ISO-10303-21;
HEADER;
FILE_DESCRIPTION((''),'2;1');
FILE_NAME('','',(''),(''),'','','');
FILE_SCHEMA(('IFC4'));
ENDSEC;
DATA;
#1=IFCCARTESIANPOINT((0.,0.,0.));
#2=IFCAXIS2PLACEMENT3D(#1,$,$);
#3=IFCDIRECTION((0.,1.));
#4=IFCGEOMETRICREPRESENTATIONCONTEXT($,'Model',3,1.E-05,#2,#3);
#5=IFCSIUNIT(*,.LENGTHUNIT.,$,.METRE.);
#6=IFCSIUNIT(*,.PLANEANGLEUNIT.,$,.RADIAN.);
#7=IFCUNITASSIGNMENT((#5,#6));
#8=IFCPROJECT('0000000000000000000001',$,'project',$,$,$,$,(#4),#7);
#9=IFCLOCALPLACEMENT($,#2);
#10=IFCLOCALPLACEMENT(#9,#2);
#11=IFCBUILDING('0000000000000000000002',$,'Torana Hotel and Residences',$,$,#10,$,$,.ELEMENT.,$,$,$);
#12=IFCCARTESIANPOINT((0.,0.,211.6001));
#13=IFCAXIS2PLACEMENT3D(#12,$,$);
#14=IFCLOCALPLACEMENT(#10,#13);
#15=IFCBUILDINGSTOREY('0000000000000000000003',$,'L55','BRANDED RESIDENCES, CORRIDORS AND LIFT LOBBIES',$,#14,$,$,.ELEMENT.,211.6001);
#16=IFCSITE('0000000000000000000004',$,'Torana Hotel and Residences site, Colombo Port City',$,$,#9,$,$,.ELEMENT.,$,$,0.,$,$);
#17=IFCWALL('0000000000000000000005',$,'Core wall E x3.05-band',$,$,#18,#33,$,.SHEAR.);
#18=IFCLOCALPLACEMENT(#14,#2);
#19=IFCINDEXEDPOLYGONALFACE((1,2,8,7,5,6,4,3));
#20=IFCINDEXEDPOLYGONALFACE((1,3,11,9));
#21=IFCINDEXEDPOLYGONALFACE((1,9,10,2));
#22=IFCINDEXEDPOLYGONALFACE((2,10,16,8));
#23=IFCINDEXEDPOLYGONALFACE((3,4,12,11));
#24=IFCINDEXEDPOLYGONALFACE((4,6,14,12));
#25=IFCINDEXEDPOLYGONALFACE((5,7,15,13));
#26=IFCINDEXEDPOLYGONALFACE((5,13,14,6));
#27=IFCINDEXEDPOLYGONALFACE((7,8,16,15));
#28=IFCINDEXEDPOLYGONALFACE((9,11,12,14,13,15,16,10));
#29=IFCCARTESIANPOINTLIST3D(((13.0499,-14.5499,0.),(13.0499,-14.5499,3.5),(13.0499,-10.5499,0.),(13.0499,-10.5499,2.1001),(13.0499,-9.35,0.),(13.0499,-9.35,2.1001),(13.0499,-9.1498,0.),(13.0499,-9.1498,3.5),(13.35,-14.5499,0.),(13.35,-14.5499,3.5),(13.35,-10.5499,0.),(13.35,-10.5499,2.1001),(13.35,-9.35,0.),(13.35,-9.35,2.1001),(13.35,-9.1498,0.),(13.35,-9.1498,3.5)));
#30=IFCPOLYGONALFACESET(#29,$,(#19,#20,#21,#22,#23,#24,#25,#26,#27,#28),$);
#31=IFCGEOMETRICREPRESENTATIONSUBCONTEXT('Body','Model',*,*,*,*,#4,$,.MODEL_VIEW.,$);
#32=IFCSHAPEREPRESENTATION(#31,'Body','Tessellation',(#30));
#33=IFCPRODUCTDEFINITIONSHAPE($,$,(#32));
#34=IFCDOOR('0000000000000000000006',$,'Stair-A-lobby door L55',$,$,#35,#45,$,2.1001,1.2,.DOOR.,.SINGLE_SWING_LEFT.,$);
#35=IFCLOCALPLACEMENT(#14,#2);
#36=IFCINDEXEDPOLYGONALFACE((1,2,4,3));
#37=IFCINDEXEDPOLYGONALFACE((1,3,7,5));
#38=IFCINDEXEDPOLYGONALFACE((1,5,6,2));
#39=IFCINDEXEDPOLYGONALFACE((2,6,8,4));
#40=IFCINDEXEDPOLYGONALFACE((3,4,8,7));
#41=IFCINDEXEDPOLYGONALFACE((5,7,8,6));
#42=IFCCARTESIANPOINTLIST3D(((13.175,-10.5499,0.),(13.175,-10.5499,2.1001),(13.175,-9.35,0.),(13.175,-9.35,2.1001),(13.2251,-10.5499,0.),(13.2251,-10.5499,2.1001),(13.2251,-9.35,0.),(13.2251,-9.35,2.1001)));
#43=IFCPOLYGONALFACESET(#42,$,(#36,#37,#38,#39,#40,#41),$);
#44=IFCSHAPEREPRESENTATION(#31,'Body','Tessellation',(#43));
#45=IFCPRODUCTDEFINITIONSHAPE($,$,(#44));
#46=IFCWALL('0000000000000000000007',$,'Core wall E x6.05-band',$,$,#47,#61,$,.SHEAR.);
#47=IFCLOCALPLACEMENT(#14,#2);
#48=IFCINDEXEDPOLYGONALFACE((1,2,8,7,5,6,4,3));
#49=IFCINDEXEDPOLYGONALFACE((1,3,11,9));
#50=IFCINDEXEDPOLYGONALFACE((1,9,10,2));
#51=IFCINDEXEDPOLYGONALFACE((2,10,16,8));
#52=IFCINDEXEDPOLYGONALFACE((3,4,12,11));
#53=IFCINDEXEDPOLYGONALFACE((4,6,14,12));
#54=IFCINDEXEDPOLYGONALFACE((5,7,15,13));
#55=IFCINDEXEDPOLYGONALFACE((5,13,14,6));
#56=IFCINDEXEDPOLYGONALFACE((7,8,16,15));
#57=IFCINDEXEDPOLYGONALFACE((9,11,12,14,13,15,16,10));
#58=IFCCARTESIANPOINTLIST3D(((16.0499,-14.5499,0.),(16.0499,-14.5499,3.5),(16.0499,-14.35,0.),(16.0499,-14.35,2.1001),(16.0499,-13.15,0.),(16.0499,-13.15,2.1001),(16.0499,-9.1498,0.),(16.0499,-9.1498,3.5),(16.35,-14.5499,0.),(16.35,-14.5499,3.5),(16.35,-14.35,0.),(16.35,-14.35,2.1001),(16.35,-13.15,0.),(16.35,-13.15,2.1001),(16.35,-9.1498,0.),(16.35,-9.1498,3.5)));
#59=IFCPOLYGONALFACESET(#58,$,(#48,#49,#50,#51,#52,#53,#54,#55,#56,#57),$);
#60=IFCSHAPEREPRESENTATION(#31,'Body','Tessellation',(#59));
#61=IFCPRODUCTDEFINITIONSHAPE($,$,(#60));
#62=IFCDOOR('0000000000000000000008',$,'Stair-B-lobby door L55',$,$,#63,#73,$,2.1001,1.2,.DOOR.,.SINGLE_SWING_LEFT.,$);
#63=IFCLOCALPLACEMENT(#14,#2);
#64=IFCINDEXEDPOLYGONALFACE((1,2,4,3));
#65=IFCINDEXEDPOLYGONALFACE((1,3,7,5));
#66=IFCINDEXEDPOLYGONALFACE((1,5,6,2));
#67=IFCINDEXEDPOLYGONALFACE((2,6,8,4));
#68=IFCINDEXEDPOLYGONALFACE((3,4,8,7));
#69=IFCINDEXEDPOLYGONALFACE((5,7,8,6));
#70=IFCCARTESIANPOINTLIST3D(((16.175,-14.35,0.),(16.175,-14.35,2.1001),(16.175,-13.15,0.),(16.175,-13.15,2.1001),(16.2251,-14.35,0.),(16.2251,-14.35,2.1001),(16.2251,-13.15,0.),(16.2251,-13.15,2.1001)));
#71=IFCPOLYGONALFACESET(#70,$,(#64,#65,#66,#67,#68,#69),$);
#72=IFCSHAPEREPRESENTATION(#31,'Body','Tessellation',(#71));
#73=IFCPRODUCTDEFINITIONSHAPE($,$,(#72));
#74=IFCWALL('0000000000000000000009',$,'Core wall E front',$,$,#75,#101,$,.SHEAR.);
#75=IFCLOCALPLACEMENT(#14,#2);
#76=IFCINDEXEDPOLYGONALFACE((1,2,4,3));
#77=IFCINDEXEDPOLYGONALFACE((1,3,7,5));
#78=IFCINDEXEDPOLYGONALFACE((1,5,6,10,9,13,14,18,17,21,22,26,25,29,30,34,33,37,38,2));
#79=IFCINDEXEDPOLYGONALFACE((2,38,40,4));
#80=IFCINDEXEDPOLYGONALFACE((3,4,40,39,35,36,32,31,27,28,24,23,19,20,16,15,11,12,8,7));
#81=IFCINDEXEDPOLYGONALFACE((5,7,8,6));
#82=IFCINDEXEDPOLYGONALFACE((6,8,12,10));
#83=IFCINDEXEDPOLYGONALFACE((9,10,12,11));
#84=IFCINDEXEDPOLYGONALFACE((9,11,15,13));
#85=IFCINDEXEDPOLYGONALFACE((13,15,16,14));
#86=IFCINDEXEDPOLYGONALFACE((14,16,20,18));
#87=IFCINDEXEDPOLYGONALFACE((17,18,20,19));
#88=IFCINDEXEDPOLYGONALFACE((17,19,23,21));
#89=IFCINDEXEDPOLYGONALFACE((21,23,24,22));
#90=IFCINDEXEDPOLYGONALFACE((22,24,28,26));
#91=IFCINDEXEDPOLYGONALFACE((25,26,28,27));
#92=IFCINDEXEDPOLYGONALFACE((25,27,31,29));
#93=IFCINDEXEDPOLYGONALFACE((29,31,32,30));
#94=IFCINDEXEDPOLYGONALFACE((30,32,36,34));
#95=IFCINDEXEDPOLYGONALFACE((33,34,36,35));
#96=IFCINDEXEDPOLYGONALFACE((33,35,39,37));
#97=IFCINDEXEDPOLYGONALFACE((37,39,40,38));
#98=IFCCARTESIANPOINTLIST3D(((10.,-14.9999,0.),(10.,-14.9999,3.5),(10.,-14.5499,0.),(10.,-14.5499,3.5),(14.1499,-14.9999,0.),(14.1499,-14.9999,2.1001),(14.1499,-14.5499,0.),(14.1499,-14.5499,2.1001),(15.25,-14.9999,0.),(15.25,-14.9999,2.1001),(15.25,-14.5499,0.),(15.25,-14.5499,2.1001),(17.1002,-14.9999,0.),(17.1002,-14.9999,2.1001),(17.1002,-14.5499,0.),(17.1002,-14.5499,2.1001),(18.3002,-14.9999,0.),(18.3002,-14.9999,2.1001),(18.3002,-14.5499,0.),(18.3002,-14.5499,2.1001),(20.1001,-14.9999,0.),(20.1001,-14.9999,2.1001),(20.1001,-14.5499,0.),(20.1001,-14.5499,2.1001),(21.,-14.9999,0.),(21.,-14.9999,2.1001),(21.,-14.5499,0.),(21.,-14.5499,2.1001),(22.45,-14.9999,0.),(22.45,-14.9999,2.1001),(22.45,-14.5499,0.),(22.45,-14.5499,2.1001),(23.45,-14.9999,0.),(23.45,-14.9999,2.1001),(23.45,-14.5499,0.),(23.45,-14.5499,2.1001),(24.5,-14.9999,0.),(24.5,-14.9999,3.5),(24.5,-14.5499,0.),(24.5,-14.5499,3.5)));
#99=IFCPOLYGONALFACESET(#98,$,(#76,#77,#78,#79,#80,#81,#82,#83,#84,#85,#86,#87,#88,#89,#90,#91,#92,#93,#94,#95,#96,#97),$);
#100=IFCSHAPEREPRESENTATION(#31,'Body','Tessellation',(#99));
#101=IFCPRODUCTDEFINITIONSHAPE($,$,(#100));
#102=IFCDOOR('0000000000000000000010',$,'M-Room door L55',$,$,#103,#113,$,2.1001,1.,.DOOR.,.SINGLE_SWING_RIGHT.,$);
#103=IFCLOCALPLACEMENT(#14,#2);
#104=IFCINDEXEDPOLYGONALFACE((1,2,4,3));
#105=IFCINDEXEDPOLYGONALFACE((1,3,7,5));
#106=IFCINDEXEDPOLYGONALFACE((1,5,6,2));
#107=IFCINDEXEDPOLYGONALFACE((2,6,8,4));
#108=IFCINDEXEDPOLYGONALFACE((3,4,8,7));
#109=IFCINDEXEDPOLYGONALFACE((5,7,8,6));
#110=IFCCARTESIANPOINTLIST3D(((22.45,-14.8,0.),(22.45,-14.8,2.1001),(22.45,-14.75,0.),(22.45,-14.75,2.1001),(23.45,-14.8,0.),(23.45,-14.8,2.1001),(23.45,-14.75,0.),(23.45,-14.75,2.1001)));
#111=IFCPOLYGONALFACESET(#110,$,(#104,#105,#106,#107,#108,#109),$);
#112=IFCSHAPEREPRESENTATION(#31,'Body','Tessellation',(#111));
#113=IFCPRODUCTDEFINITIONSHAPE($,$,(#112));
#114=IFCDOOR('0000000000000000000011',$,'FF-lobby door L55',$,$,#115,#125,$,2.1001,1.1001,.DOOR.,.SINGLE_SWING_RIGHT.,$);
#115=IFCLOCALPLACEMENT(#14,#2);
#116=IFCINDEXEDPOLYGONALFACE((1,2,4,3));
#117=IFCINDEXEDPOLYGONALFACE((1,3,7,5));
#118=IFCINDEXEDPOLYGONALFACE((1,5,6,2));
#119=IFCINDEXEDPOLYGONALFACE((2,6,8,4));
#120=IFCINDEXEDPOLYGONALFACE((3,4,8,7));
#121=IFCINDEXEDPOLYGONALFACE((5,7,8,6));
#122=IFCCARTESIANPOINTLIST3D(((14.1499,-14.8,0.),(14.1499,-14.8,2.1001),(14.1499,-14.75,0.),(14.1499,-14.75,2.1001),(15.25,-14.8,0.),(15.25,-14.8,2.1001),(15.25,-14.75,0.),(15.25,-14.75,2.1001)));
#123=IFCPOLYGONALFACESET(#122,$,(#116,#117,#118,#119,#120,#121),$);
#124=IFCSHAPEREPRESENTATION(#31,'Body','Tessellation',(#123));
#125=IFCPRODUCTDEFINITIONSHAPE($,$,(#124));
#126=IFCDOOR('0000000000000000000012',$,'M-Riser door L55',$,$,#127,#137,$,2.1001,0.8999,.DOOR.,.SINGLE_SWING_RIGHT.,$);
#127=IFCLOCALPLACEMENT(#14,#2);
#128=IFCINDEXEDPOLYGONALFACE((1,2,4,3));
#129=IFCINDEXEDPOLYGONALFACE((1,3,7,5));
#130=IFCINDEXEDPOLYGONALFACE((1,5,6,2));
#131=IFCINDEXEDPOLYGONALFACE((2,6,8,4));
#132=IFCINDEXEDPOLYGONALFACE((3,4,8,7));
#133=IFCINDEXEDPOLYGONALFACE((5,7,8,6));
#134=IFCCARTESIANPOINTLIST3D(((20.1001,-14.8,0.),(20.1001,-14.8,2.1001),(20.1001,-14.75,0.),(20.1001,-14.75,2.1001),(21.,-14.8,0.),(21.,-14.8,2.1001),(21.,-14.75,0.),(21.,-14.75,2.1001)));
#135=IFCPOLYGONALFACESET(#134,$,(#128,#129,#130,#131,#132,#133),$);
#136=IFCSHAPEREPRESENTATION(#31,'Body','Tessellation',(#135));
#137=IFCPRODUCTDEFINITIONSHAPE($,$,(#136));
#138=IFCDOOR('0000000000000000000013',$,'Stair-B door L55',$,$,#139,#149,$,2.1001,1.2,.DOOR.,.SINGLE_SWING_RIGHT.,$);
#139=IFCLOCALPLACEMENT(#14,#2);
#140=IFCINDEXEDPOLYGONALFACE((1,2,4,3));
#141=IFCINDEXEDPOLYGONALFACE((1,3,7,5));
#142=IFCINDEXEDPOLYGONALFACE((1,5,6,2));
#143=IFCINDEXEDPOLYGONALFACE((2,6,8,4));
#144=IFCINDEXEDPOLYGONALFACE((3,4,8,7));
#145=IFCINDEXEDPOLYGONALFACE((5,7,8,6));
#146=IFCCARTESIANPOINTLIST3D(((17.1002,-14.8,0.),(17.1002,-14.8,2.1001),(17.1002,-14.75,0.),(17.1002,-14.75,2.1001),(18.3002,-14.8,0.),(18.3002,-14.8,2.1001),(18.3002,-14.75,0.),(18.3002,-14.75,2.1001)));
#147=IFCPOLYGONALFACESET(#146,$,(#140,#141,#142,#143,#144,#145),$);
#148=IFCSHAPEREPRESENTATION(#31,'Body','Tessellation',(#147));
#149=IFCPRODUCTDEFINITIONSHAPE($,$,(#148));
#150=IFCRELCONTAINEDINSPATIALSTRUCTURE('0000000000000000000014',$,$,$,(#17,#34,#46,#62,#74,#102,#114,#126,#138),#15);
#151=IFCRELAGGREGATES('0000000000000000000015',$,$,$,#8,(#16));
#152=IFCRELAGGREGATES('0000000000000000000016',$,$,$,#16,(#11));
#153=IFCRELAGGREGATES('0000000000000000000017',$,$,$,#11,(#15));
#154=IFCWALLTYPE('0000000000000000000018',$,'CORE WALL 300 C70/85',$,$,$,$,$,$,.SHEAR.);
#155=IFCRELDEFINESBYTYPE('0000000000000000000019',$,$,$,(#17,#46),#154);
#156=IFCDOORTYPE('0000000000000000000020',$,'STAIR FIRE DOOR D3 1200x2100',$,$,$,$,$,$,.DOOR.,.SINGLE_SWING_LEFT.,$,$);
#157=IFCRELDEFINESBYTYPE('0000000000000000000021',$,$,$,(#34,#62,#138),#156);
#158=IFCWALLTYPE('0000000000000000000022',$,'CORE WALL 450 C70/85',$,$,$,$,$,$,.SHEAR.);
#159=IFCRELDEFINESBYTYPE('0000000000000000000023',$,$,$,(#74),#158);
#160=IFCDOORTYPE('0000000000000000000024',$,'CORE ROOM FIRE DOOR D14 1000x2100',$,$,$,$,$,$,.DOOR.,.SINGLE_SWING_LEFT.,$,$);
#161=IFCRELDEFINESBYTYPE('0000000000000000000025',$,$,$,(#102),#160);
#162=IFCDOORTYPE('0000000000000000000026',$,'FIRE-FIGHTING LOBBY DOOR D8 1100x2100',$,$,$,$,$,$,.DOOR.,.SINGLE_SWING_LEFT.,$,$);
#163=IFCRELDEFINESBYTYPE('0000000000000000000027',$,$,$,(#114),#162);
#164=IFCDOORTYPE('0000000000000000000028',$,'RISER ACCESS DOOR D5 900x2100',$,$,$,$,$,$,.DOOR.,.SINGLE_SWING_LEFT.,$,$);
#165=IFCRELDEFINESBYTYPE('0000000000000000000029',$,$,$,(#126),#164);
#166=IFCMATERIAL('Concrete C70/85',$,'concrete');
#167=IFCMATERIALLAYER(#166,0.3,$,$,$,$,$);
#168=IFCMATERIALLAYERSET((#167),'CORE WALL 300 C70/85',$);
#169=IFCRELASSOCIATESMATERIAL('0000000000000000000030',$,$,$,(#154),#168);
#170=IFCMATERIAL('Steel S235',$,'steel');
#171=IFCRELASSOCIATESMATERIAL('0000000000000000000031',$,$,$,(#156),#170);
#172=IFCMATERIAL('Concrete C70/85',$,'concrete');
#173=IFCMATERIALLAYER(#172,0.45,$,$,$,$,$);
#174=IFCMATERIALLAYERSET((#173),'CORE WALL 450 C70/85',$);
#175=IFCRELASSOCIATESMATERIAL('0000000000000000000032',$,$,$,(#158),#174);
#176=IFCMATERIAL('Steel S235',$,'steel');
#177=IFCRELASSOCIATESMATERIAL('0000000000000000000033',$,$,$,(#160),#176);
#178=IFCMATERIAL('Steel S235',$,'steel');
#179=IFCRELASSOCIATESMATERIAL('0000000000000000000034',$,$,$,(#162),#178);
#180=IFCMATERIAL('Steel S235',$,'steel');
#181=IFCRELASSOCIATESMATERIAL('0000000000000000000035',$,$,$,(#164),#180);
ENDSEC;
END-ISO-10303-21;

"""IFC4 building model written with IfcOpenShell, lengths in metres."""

from ifc_helpers import new_model, si_unit, direction, frame, frame_2d, origin, place, context, subcontext, project, spatial, rectangle, extrude, material, layer, layer_set, type_object, element, fill, save


model = new_model("IFC4")

# Units and contexts
model_context = context("Model", 3, precision=1e-05, world=origin(), true_north=direction((0.0, 1.0)))
body_context = subcontext(model_context, "Body", "Model", "MODEL_VIEW")
ifc_project = project(units=[si_unit("LENGTHUNIT", "METRE"), si_unit("PLANEANGLEUNIT", "RADIAN")], contexts=[model_context])

# Site, building, storey
site_placement = place(None, origin())
site = spatial("IfcSite", under=ifc_project, at=site_placement, Name="Torana Hotel and Residences site, Colombo Port City", CompositionType="ELEMENT", RefElevation=0.0)
building_placement = place(site_placement, origin())
building = spatial("IfcBuilding", under=site, at=building_placement, Name="Torana Hotel and Residences", CompositionType="ELEMENT")
storey_placement = place(building_placement, frame((0.0, 0.0, 211.6001)))
storey = spatial("IfcBuildingStorey", under=building, at=storey_placement, Name="L55", Description="BRANDED RESIDENCES, CORRIDORS AND LIFT LOBBIES", CompositionType="ELEMENT", Elevation=211.6001)

# Walls, openings, doors
ifc_material_1 = material(Name="Concrete C70/85", Category="concrete")
ifc_layer_1 = layer(ifc_material_1, 0.3)
ifc_layer_set_1 = layer_set([ifc_layer_1], Name="CORE WALL 300 C70/85")
wall_type_1 = type_object("IfcWallType", Name="CORE WALL 300 C70/85", PredefinedType="SHEAR", material=ifc_layer_set_1)
wall_1_placement = place(storey_placement, frame((13.2, -14.55, 0.0), z_axis=(0.0, 0.0, 1.0), x_axis=(0.0, 1.0, 0.0)))
wall_1 = element("IfcWall", 1, at=wall_1_placement, inside=storey, type_object=wall_type_1, Name="Core wall E x3.05-band", PredefinedType="SHEAR", context=body_context, shape_type="SweptSolid", body=[
    extrude(rectangle(XDim=5.4001, YDim=0.3, at=frame_2d((2.7002, 0.0))), origin(), (0.0, 0.0, 1.0), 3.5),
])
opening_1_placement = place(wall_1_placement, frame((4.0, 0.0, 0.0)))
opening_1 = element("IfcOpeningElement", 2, at=opening_1_placement, cuts=wall_1, PredefinedType="OPENING", context=body_context, shape_type="SweptSolid", body=[
    extrude(rectangle(XDim=1.2, YDim=2.1001, at=frame_2d((0.6001, 1.05))), frame((0.0, 0.1599, 0.0), z_axis=(0.0, -1.0, 0.0), x_axis=(1.0, 0.0, 0.0)), (0.0, 0.0, 1.0), 0.3201),
])
ifc_material_2 = material(Name="Steel S235", Category="steel")
door_type_1 = type_object("IfcDoorType", Name="STAIR FIRE DOOR D3 1200x2100", OperationType="SINGLE_SWING_LEFT", PredefinedType="DOOR", material=ifc_material_2)
door_1_placement = place(opening_1_placement, origin())
door_1 = element("IfcDoor", 3, at=door_1_placement, inside=storey, type_object=door_type_1, Name="Stair-A-lobby door L55", OperationType="SINGLE_SWING_LEFT", OverallHeight=2.1001, OverallWidth=1.2, PredefinedType="DOOR", context=body_context, shape_type="SweptSolid", body=[
    extrude(rectangle(XDim=1.2, YDim=2.1001, at=frame_2d((0.6001, 1.05))), frame((0.0, 0.0249, 0.0), z_axis=(0.0, -1.0, 0.0), x_axis=(1.0, 0.0, 0.0)), (0.0, 0.0, 1.0), 0.05),
])
fill(opening_1, door_1)
wall_2_placement = place(storey_placement, frame((16.2, -14.55, 0.0), z_axis=(0.0, 0.0, 1.0), x_axis=(0.0, 1.0, 0.0)))
wall_2 = element("IfcWall", 4, at=wall_2_placement, inside=storey, type_object=wall_type_1, Name="Core wall E x6.05-band", PredefinedType="SHEAR", context=body_context, shape_type="SweptSolid", body=[
    extrude(rectangle(XDim=5.4001, YDim=0.3, at=frame_2d((2.7002, 0.0))), origin(), (0.0, 0.0, 1.0), 3.5),
])
opening_2_placement = place(wall_2_placement, frame((0.2, 0.0, 0.0)))
opening_2 = element("IfcOpeningElement", 5, at=opening_2_placement, cuts=wall_2, PredefinedType="OPENING", context=body_context, shape_type="SweptSolid", body=[
    extrude(rectangle(XDim=1.2, YDim=2.1001, at=frame_2d((0.6001, 1.05))), frame((0.0, 0.1599, 0.0), z_axis=(0.0, -1.0, 0.0), x_axis=(1.0, 0.0, 0.0)), (0.0, 0.0, 1.0), 0.3201),
])
door_2_placement = place(opening_2_placement, frame((0.6001, 0.0, 0.0), z_axis=(0.0, 0.0, 1.0), x_axis=(-1.0, 0.0, 0.0)))
door_2 = element("IfcDoor", 6, at=door_2_placement, inside=storey, type_object=door_type_1, Name="Stair-B-lobby door L55", OperationType="SINGLE_SWING_LEFT", OverallHeight=2.1001, OverallWidth=1.2, PredefinedType="DOOR", context=body_context, shape_type="SweptSolid", body=[
    extrude(rectangle(XDim=1.2, YDim=2.1001, at=frame_2d((0.0, 1.05))), frame((0.0, -0.0249, 0.0), z_axis=(0.0, 1.0, 0.0), x_axis=(-1.0, 0.0, 0.0)), (0.0, 0.0, 1.0), 0.05),
])
fill(opening_2, door_2)

# Wall, openings, doors
ifc_material_3 = material(Name="Concrete C70/85", Category="concrete")
ifc_layer_2 = layer(ifc_material_3, 0.45)
ifc_layer_set_2 = layer_set([ifc_layer_2], Name="CORE WALL 450 C70/85")
wall_type_2 = type_object("IfcWallType", Name="CORE WALL 450 C70/85", PredefinedType="SHEAR", material=ifc_layer_set_2)
wall_3_placement = place(storey_placement, frame((10.0, -14.7749, 0.0), z_axis=(0.0, 0.0, 1.0), x_axis=(1.0, 0.0, 0.0)))
wall_3 = element("IfcWall", 7, at=wall_3_placement, inside=storey, type_object=wall_type_2, Name="Core wall E front", PredefinedType="SHEAR", context=body_context, shape_type="SweptSolid", body=[
    extrude(rectangle(XDim=14.5, YDim=0.45, at=frame_2d((7.25, 0.0))), origin(), (0.0, 0.0, 1.0), 3.5),
])
opening_3_placement = place(wall_3_placement, frame((7.1001, 0.0, 0.0)))
opening_3 = element("IfcOpeningElement", 8, at=opening_3_placement, cuts=wall_3, PredefinedType="OPENING", context=body_context, shape_type="SweptSolid", body=[
    extrude(rectangle(XDim=1.2, YDim=2.1001, at=frame_2d((0.6001, 1.05))), frame((0.0, 0.2349, 0.0), z_axis=(0.0, -1.0, 0.0), x_axis=(1.0, 0.0, 0.0)), (0.0, 0.0, 1.0), 0.47),
])
opening_4_placement = place(wall_3_placement, frame((4.1499, 0.0, 0.0)))
opening_4 = element("IfcOpeningElement", 9, at=opening_4_placement, cuts=wall_3, PredefinedType="OPENING", context=body_context, shape_type="SweptSolid", body=[
    extrude(rectangle(XDim=1.1001, YDim=2.1001, at=frame_2d((0.55, 1.05))), frame((0.0, 0.2349, 0.0), z_axis=(0.0, -1.0, 0.0), x_axis=(1.0, 0.0, 0.0)), (0.0, 0.0, 1.0), 0.47),
])
opening_5_placement = place(wall_3_placement, frame((10.1001, 0.0, 0.0)))
opening_5 = element("IfcOpeningElement", 10, at=opening_5_placement, cuts=wall_3, PredefinedType="OPENING", context=body_context, shape_type="SweptSolid", body=[
    extrude(rectangle(XDim=0.8999, YDim=2.1001, at=frame_2d((0.45, 1.05))), frame((0.0, 0.2349, 0.0), z_axis=(0.0, -1.0, 0.0), x_axis=(1.0, 0.0, 0.0)), (0.0, 0.0, 1.0), 0.47),
])
opening_6_placement = place(wall_3_placement, frame((12.45, 0.0, 0.0)))
opening_6 = element("IfcOpeningElement", 11, at=opening_6_placement, cuts=wall_3, PredefinedType="OPENING", context=body_context, shape_type="SweptSolid", body=[
    extrude(rectangle(XDim=1.0, YDim=2.1001, at=frame_2d((0.5, 1.05))), frame((0.0, 0.2349, 0.0), z_axis=(0.0, -1.0, 0.0), x_axis=(1.0, 0.0, 0.0)), (0.0, 0.0, 1.0), 0.47),
])
ifc_material_4 = material(Name="Steel S235", Category="steel")
door_type_2 = type_object("IfcDoorType", Name="CORE ROOM FIRE DOOR D14 1000x2100", OperationType="SINGLE_SWING_LEFT", PredefinedType="DOOR", material=ifc_material_4)
door_3_placement = place(opening_6_placement, origin())
door_3 = element("IfcDoor", 12, at=door_3_placement, inside=storey, type_object=door_type_2, Name="M-Room door L55", OperationType="SINGLE_SWING_RIGHT", OverallHeight=2.1001, OverallWidth=1.0, PredefinedType="DOOR", context=body_context, shape_type="SweptSolid", body=[
    extrude(rectangle(XDim=1.0, YDim=2.1001, at=frame_2d((0.5, 1.05))), frame((0.0, 0.0249, 0.0), z_axis=(0.0, -1.0, 0.0), x_axis=(1.0, 0.0, 0.0)), (0.0, 0.0, 1.0), 0.05),
])
fill(opening_6, door_3)
ifc_material_5 = material(Name="Steel S235", Category="steel")
door_type_3 = type_object("IfcDoorType", Name="FIRE-FIGHTING LOBBY DOOR D8 1100x2100", OperationType="SINGLE_SWING_LEFT", PredefinedType="DOOR", material=ifc_material_5)
door_4_placement = place(opening_4_placement, origin())
door_4 = element("IfcDoor", 13, at=door_4_placement, inside=storey, type_object=door_type_3, Name="FF-lobby door L55", OperationType="SINGLE_SWING_RIGHT", OverallHeight=2.1001, OverallWidth=1.1001, PredefinedType="DOOR", context=body_context, shape_type="SweptSolid", body=[
    extrude(rectangle(XDim=1.1001, YDim=2.1001, at=frame_2d((0.55, 1.05))), frame((0.0, 0.0249, 0.0), z_axis=(0.0, -1.0, 0.0), x_axis=(1.0, 0.0, 0.0)), (0.0, 0.0, 1.0), 0.05),
])
fill(opening_4, door_4)
ifc_material_6 = material(Name="Steel S235", Category="steel")
door_type_4 = type_object("IfcDoorType", Name="RISER ACCESS DOOR D5 900x2100", OperationType="SINGLE_SWING_LEFT", PredefinedType="DOOR", material=ifc_material_6)
door_5_placement = place(opening_5_placement, origin())
door_5 = element("IfcDoor", 14, at=door_5_placement, inside=storey, type_object=door_type_4, Name="M-Riser door L55", OperationType="SINGLE_SWING_RIGHT", OverallHeight=2.1001, OverallWidth=0.8999, PredefinedType="DOOR", context=body_context, shape_type="SweptSolid", body=[
    extrude(rectangle(XDim=0.8999, YDim=2.1001, at=frame_2d((0.45, 1.05))), frame((0.0, 0.0249, 0.0), z_axis=(0.0, -1.0, 0.0), x_axis=(1.0, 0.0, 0.0)), (0.0, 0.0, 1.0), 0.05),
])
fill(opening_5, door_5)
door_6_placement = place(opening_3_placement, origin())
door_6 = element("IfcDoor", 15, at=door_6_placement, inside=storey, type_object=door_type_1, Name="Stair-B door L55", OperationType="SINGLE_SWING_RIGHT", OverallHeight=2.1001, OverallWidth=1.2, PredefinedType="DOOR", context=body_context, shape_type="SweptSolid", body=[
    extrude(rectangle(XDim=1.2, YDim=2.1001, at=frame_2d((0.6001, 1.05))), frame((0.0, 0.0249, 0.0), z_axis=(0.0, -1.0, 0.0), x_axis=(1.0, 0.0, 0.0)), (0.0, 0.0, 1.0), 0.05),
])
fill(opening_3, door_6)

save(model, "model.ifc")
